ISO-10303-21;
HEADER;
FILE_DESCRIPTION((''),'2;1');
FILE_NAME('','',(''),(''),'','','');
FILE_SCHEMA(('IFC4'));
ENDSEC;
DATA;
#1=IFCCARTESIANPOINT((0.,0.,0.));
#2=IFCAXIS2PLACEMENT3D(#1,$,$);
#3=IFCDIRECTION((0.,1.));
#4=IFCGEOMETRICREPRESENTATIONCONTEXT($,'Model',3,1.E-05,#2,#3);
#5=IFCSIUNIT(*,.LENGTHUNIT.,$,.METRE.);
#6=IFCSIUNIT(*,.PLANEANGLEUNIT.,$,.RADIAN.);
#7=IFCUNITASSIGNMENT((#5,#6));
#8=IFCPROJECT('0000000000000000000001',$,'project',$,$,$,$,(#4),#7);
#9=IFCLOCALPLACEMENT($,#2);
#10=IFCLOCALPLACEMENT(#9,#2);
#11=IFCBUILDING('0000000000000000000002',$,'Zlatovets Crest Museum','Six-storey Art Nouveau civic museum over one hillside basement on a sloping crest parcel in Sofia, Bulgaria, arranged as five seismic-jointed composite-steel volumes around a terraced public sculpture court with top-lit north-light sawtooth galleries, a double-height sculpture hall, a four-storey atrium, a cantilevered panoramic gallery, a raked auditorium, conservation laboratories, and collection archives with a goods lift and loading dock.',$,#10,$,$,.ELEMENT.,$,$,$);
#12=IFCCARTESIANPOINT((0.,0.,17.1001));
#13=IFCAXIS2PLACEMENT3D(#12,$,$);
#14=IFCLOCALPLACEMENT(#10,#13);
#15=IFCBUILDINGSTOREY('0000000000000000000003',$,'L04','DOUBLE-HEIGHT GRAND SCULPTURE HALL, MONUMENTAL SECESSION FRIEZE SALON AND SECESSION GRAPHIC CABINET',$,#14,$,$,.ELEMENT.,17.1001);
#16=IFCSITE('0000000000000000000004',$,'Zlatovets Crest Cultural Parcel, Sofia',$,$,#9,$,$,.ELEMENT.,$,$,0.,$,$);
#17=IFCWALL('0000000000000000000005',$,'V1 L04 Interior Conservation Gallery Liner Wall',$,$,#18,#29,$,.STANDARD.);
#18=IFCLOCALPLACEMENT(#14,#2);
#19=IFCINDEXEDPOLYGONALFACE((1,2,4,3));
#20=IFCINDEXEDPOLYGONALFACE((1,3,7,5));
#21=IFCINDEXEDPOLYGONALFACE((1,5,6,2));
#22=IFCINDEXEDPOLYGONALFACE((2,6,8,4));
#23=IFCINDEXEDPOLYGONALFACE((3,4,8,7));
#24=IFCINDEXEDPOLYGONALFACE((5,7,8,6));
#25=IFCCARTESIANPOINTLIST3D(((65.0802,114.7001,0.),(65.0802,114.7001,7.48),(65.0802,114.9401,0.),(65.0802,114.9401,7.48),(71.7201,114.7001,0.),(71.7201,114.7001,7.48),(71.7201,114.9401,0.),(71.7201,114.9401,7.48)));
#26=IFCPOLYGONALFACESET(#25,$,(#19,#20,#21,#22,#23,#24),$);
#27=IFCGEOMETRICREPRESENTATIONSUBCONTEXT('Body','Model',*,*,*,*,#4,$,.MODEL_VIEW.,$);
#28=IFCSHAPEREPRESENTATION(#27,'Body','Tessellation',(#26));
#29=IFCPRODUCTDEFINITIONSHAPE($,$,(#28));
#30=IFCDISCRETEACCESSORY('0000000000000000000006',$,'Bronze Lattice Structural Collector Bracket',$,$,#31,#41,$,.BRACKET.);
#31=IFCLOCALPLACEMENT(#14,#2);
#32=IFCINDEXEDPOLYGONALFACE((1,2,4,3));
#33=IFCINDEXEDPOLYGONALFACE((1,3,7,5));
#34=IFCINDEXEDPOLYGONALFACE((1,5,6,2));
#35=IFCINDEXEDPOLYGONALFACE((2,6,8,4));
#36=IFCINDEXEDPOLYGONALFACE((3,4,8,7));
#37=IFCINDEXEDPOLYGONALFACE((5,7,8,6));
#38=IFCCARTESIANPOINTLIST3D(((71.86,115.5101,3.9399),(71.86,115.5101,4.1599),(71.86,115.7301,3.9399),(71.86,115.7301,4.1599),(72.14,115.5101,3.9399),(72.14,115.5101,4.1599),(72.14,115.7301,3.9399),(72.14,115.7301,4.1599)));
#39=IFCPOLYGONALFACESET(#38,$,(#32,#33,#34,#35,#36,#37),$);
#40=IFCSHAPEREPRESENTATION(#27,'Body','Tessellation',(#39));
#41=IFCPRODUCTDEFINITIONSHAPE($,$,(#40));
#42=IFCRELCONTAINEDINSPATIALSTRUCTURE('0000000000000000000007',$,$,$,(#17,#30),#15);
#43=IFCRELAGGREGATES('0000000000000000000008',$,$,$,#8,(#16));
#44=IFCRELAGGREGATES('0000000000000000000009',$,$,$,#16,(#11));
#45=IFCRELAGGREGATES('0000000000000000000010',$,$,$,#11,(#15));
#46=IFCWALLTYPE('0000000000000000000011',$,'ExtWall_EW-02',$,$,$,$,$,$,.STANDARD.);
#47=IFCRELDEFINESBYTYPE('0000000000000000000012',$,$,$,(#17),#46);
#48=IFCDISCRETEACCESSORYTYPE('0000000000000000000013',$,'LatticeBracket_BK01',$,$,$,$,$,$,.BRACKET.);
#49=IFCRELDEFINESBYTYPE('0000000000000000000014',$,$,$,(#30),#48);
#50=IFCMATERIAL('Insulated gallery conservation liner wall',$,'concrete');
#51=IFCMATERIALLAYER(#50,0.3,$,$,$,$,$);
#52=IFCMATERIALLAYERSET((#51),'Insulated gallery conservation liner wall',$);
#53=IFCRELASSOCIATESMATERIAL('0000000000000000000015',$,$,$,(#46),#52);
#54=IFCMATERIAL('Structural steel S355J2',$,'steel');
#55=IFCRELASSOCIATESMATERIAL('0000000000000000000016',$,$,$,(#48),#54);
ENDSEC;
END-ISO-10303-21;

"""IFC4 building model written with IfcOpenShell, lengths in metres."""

from ifc_helpers import new_model, si_unit, direction, frame, frame_2d, origin, origin_2d, place, context, subcontext, project, spatial, rectangle, extrude, material, layer, layer_set, type_object, element, save


model = new_model("IFC4")

# Units and contexts
model_context = context("Model", 3, precision=1e-05, world=origin(), true_north=direction((0.0, 1.0)))
body_context = subcontext(model_context, "Body", "Model", "MODEL_VIEW")
ifc_project = project(units=[si_unit("LENGTHUNIT", "METRE"), si_unit("PLANEANGLEUNIT", "RADIAN")], contexts=[model_context])

# Site, building, storey
site_placement = place(None, origin())
site = spatial("IfcSite", under=ifc_project, at=site_placement, Name="Zlatovets Crest Cultural Parcel, Sofia", CompositionType="ELEMENT", RefElevation=0.0)
building_placement = place(site_placement, origin())
building = spatial("IfcBuilding", under=site, at=building_placement, Name="Zlatovets Crest Museum", Description="Six-storey Art Nouveau civic museum over one hillside basement on a sloping crest parcel in Sofia, Bulgaria, arranged as five seismic-jointed composite-steel volumes around a terraced public sculpture court with top-lit north-light sawtooth galleries, a double-height sculpture hall, a four-storey atrium, a cantilevered panoramic gallery, a raked auditorium, conservation laboratories, and collection archives with a goods lift and loading dock.", CompositionType="ELEMENT")
storey_placement = place(building_placement, frame((0.0, 0.0, 17.1001)))
storey = spatial("IfcBuildingStorey", under=building, at=storey_placement, Name="L04", Description="DOUBLE-HEIGHT GRAND SCULPTURE HALL, MONUMENTAL SECESSION FRIEZE SALON AND SECESSION GRAPHIC CABINET", CompositionType="ELEMENT", Elevation=17.1001)

# Shared definitions
ifc_material_1 = material(Name="Structural steel S355J2", Category="steel")

# Wall
ifc_material_2 = material(Name="Insulated gallery conservation liner wall", Category="concrete")
ifc_layer_1 = layer(ifc_material_2, 0.3)
ifc_layer_set_1 = layer_set([ifc_layer_1], Name="Insulated gallery conservation liner wall")
wall_type = type_object("IfcWallType", Name="ExtWall_EW-02", PredefinedType="STANDARD", material=ifc_layer_set_1)
wall_placement = place(storey_placement, frame((71.72, 114.8201, 0.0), z_axis=(0.0, 0.0, 1.0), x_axis=(-1.0, 0.0, 0.0)))
element("IfcWall", 1, at=wall_placement, inside=storey, type_object=wall_type, Name="V1 L04 Interior Conservation Gallery Liner Wall", PredefinedType="STANDARD", context=body_context, shape_type="SweptSolid", body=[
    extrude(rectangle(XDim=6.6399, YDim=0.24, at=frame_2d((3.3198, 0.0))), origin(), (0.0, 0.0, 1.0), 7.48),
])

# Discrete accessory
discrete_accessory_type = type_object("IfcDiscreteAccessoryType", Name="LatticeBracket_BK01", PredefinedType="BRACKET", material=ifc_material_1)
discrete_accessory_placement = place(storey_placement, frame((72.0, 115.6201, 3.9399), z_axis=(0.0, 0.0, 1.0), x_axis=(1.0, 0.0, 0.0)))
element("IfcDiscreteAccessory", 2, at=discrete_accessory_placement, inside=storey, type_object=discrete_accessory_type, Name="Bronze Lattice Structural Collector Bracket", PredefinedType="BRACKET", context=body_context, shape_type="SweptSolid", body=[
    extrude(rectangle(XDim=0.28, YDim=0.22, at=origin_2d()), origin(), (0.0, 0.0, 1.0), 0.22),
])

save(model, "model.ifc")
